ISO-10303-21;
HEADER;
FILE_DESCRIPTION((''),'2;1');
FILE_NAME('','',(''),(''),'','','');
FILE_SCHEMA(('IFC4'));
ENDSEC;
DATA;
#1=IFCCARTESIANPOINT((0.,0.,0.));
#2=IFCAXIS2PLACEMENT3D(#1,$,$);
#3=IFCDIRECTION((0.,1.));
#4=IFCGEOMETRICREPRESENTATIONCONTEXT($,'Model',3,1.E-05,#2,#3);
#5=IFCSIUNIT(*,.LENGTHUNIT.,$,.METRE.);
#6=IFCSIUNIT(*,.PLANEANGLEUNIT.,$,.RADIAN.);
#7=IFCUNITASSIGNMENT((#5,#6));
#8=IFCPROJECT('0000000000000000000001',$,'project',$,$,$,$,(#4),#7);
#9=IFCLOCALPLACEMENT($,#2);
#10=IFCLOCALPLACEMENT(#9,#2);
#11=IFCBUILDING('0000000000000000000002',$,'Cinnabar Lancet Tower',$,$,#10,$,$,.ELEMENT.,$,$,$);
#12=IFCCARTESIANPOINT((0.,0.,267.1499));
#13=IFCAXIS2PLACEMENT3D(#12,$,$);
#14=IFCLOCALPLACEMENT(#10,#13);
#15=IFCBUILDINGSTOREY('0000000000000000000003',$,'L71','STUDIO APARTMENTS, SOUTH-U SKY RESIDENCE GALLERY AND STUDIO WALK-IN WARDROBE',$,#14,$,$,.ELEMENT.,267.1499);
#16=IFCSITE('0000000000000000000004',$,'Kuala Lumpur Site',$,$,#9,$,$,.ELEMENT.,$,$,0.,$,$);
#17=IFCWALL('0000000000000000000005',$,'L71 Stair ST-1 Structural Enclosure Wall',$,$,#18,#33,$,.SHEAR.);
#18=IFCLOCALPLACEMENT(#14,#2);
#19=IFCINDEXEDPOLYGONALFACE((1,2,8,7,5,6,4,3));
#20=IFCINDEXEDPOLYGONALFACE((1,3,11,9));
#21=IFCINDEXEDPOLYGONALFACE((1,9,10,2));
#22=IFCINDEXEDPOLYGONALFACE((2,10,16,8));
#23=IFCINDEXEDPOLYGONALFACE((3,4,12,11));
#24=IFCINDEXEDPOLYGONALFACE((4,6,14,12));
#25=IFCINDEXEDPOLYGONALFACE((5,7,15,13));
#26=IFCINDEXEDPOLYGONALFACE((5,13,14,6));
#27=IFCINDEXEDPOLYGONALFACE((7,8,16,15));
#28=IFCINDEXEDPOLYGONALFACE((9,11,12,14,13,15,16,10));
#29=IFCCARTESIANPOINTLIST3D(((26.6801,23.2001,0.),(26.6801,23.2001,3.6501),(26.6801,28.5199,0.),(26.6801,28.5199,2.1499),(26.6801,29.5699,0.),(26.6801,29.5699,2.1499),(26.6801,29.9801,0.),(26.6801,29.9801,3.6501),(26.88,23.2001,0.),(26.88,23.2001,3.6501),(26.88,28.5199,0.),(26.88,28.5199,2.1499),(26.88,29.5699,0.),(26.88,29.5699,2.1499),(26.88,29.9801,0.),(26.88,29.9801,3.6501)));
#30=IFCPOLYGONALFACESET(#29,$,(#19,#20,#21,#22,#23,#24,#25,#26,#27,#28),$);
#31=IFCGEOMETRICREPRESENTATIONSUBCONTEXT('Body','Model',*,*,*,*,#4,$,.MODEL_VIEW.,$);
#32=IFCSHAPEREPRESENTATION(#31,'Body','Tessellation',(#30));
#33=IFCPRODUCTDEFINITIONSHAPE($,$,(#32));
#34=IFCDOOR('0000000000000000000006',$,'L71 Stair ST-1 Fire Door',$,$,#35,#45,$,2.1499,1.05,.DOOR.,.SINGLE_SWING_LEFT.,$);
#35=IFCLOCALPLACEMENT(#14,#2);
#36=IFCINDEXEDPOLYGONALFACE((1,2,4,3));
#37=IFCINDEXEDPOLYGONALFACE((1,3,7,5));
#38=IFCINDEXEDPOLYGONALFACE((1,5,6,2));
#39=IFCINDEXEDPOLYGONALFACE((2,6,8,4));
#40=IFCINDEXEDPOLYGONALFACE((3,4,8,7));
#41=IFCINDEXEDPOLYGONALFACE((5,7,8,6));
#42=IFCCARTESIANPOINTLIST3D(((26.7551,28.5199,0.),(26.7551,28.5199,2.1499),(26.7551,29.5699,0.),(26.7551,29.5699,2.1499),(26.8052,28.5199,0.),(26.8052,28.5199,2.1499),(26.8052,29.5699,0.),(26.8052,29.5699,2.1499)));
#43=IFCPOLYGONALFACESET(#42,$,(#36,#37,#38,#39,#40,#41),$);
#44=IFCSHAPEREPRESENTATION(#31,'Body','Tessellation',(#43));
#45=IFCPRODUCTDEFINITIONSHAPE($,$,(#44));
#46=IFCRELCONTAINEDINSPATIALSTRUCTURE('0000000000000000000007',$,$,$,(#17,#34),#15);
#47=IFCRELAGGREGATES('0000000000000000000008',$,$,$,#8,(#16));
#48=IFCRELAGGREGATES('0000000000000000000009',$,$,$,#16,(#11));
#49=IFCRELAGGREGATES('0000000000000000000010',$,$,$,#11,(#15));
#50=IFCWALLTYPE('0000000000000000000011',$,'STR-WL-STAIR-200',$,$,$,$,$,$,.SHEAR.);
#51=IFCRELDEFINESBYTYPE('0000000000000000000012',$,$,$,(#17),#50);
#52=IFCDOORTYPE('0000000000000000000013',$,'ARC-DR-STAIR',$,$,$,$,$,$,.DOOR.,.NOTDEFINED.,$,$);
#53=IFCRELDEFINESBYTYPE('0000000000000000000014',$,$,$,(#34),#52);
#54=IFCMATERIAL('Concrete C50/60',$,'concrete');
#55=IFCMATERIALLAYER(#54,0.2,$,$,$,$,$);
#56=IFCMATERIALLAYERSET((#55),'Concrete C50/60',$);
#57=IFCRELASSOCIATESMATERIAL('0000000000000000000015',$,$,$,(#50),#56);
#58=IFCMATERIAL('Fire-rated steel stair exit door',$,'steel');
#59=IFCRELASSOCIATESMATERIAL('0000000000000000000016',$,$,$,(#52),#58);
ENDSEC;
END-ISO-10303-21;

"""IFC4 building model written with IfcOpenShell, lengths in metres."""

from ifc_helpers import new_model, si_unit, direction, frame, frame_2d, origin, place, context, subcontext, project, spatial, rectangle, extrude, material, layer, layer_set, type_object, element, fill, save


model = new_model("IFC4")

# Units and contexts
model_context = context("Model", 3, precision=1e-05, world=origin(), true_north=direction((0.0, 1.0)))
body_context = subcontext(model_context, "Body", "Model", "MODEL_VIEW")
ifc_project = project(units=[si_unit("LENGTHUNIT", "METRE"), si_unit("PLANEANGLEUNIT", "RADIAN")], contexts=[model_context])

# Site, building, storey
site_placement = place(None, origin())
site = spatial("IfcSite", under=ifc_project, at=site_placement, Name="Kuala Lumpur Site", CompositionType="ELEMENT", RefElevation=0.0)
building_placement = place(site_placement, origin())
building = spatial("IfcBuilding", under=site, at=building_placement, Name="Cinnabar Lancet Tower", CompositionType="ELEMENT")
storey_placement = place(building_placement, frame((0.0, 0.0, 267.1499)))
storey = spatial("IfcBuildingStorey", under=building, at=storey_placement, Name="L71", Description="STUDIO APARTMENTS, SOUTH-U SKY RESIDENCE GALLERY AND STUDIO WALK-IN WARDROBE", CompositionType="ELEMENT", Elevation=267.1499)

# Wall, opening, door
ifc_material_1 = material(Name="Concrete C50/60", Category="concrete")
ifc_layer_1 = layer(ifc_material_1, 0.2)
ifc_layer_set_1 = layer_set([ifc_layer_1], Name="Concrete C50/60")
wall_type_1 = type_object("IfcWallType", Name="STR-WL-STAIR-200", PredefinedType="SHEAR", material=ifc_layer_set_1)
wall_1_placement = place(storey_placement, frame((26.78, 23.2, 0.0), z_axis=(0.0, 0.0, 1.0), x_axis=(0.0, 1.0, 0.0)))
wall_1 = element("IfcWall", 1, at=wall_1_placement, inside=storey, type_object=wall_type_1, Name="L71 Stair ST-1 Structural Enclosure Wall", PredefinedType="SHEAR", context=body_context, shape_type="SweptSolid", body=[
    extrude(rectangle(XDim=6.78, YDim=0.2, at=frame_2d((3.3901, 0.0))), origin(), (0.0, 0.0, 1.0), 3.6501),
])
opening_1_placement = place(wall_1_placement, frame((5.3201, 0.0, 0.0)))
opening_1 = element("IfcOpeningElement", 2, at=opening_1_placement, cuts=wall_1, PredefinedType="OPENING", context=body_context, shape_type="SweptSolid", body=[
    extrude(rectangle(XDim=1.05, YDim=2.1499, at=frame_2d((0.5249, 1.075))), frame((0.0, 0.1099, 0.0), z_axis=(0.0, -1.0, 0.0), x_axis=(1.0, 0.0, 0.0)), (0.0, 0.0, 1.0), 0.22),
])
ifc_material_2 = material(Name="Fire-rated steel stair exit door", Category="steel")
door_type_1 = type_object("IfcDoorType", Name="ARC-DR-STAIR", OperationType="NOTDEFINED", PredefinedType="DOOR", material=ifc_material_2)
door_1_placement = place(opening_1_placement, origin())
door_1 = element("IfcDoor", 3, at=door_1_placement, inside=storey, type_object=door_type_1, Name="L71 Stair ST-1 Fire Door", OperationType="SINGLE_SWING_LEFT", OverallHeight=2.1499, OverallWidth=1.05, PredefinedType="DOOR", context=body_context, shape_type="SweptSolid", body=[
    extrude(rectangle(XDim=1.05, YDim=2.1499, at=frame_2d((0.5249, 1.075))), frame((0.0, 0.0249, 0.0), z_axis=(0.0, -1.0, 0.0), x_axis=(1.0, 0.0, 0.0)), (0.0, 0.0, 1.0), 0.05),
])
fill(opening_1, door_1)

save(model, "model.ifc")
